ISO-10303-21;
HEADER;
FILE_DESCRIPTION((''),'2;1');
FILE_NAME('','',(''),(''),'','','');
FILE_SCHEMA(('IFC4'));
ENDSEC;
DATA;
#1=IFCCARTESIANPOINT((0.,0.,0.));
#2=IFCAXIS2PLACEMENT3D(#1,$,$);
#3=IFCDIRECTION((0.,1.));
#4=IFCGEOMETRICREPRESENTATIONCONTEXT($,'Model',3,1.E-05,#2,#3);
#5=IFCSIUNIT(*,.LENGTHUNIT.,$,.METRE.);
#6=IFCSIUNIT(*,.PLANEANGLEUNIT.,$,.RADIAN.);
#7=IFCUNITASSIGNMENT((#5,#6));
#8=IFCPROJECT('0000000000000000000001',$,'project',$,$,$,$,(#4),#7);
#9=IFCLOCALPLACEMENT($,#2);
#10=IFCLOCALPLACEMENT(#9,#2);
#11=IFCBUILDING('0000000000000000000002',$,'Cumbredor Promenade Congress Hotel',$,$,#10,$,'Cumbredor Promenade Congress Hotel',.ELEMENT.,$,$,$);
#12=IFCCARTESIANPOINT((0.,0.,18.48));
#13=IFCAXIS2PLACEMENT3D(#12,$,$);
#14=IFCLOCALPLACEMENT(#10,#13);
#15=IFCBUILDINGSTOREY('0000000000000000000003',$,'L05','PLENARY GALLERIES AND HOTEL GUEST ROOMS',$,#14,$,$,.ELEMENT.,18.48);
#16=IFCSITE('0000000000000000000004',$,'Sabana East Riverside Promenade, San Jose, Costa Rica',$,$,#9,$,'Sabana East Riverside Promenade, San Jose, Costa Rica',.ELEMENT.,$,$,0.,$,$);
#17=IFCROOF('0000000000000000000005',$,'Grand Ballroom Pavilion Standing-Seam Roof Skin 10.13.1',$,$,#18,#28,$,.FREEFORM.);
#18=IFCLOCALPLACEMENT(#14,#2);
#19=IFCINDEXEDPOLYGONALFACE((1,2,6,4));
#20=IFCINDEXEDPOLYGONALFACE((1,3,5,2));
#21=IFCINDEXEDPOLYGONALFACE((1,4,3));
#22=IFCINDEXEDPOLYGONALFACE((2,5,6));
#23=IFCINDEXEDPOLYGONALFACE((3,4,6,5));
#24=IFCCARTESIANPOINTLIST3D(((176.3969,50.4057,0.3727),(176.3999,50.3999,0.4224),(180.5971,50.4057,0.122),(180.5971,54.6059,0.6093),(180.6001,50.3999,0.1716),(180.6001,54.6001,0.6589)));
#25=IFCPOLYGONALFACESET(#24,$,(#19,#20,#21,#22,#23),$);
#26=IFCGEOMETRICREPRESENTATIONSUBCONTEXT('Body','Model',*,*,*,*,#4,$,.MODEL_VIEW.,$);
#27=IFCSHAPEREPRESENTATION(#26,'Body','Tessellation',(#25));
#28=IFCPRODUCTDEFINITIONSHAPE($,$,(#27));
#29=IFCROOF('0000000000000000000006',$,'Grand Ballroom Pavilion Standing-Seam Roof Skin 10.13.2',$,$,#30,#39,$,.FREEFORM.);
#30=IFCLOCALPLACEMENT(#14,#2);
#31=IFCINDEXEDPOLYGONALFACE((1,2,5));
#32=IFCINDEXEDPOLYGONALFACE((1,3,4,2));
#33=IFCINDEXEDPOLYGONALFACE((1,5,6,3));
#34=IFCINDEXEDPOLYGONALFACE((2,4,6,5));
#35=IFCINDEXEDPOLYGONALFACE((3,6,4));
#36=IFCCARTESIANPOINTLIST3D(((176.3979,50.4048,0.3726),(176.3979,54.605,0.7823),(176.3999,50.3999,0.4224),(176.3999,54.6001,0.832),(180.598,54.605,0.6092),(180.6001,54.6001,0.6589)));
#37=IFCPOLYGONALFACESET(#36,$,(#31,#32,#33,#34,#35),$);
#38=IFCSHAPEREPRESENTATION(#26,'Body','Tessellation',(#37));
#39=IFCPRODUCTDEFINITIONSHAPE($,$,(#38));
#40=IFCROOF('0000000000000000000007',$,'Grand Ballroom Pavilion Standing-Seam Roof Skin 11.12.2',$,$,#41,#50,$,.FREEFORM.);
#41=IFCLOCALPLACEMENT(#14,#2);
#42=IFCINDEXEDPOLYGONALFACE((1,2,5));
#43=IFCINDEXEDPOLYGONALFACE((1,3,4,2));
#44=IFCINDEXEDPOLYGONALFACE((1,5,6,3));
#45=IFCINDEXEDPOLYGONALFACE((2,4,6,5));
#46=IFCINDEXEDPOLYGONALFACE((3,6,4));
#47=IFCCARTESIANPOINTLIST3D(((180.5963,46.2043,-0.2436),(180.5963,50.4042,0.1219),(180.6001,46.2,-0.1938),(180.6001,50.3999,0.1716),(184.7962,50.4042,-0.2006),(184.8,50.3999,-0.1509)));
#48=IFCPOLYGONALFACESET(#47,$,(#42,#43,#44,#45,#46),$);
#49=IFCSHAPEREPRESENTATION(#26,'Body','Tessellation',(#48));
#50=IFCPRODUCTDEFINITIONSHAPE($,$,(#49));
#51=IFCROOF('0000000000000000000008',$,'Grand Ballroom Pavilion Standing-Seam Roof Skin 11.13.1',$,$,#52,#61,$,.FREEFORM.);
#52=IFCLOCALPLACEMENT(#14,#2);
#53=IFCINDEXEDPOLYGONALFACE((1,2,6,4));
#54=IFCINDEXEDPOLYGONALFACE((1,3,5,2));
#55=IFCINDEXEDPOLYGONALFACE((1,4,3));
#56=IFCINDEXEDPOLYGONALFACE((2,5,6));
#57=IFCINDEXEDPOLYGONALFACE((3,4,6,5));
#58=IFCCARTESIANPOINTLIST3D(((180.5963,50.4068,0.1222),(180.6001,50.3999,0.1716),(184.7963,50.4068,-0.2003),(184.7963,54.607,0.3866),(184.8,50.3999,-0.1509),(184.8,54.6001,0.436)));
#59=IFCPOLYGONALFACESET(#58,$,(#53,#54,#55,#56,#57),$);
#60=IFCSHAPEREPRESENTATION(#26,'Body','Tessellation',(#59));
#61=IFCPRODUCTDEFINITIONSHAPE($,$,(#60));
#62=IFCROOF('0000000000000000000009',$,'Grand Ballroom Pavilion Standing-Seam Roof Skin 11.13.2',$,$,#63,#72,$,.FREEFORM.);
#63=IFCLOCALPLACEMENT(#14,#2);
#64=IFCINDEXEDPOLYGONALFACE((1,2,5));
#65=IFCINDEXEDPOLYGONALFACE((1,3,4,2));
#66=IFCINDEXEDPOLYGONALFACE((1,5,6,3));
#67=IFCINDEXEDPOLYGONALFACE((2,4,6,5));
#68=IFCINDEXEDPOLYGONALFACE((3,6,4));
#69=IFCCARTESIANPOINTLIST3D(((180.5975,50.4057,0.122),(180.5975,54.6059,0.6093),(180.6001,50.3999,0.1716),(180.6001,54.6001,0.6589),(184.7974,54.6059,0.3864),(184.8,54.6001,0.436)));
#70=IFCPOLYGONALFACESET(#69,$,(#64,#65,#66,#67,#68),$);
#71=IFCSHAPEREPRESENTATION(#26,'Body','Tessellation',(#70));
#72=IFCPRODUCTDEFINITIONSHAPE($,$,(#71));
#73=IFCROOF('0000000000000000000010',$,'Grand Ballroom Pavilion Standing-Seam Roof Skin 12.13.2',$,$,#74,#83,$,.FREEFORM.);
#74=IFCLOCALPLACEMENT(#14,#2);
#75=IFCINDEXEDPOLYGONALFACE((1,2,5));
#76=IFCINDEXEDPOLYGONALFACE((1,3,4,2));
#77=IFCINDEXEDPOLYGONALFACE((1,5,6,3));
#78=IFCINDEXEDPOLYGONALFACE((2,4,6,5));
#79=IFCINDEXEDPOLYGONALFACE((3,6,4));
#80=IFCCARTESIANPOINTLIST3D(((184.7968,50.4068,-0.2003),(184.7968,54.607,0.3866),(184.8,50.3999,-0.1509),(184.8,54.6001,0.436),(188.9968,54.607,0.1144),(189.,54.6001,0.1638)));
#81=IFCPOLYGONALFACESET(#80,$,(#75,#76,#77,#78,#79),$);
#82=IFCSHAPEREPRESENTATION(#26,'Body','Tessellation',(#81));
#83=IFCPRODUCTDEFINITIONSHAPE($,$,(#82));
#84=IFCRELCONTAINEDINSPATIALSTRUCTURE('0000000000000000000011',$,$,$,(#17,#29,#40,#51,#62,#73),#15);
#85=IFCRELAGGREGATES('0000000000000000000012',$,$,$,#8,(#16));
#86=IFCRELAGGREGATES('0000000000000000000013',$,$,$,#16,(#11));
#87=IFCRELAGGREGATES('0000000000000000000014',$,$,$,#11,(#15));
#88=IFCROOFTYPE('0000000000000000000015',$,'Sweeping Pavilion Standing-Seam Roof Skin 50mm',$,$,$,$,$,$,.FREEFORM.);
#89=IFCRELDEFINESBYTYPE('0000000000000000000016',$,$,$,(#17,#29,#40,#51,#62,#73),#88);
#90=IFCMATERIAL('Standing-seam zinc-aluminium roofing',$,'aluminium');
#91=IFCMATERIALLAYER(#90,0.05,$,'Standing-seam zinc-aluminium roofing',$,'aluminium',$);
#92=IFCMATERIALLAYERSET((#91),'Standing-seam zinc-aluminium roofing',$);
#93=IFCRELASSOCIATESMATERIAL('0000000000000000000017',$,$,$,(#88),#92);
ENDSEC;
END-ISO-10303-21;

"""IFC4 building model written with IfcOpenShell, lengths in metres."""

from ifc_helpers import new_model, si_unit, direction, frame, origin, place, context, subcontext, project, spatial, polyline, outline, extrude, material, layer, layer_set, type_object, element, save


model = new_model("IFC4")

# Units and contexts
model_context = context("Model", 3, precision=1e-05, world=origin(), true_north=direction((0.0, 1.0)))
body_context = subcontext(model_context, "Body", "Model", "MODEL_VIEW")
ifc_project = project(units=[si_unit("LENGTHUNIT", "METRE"), si_unit("PLANEANGLEUNIT", "RADIAN")], contexts=[model_context])

# Site, building, storey
site_placement = place(None, origin())
site = spatial("IfcSite", under=ifc_project, at=site_placement, Name="Sabana East Riverside Promenade, San Jose, Costa Rica", LongName="Sabana East Riverside Promenade, San Jose, Costa Rica", CompositionType="ELEMENT", RefElevation=0.0)
building_placement = place(site_placement, origin())
building = spatial("IfcBuilding", under=site, at=building_placement, Name="Cumbredor Promenade Congress Hotel", LongName="Cumbredor Promenade Congress Hotel", CompositionType="ELEMENT")
storey_placement = place(building_placement, frame((0.0, 0.0, 18.48)))
storey = spatial("IfcBuildingStorey", under=building, at=storey_placement, Name="L05", Description="PLENARY GALLERIES AND HOTEL GUEST ROOMS", CompositionType="ELEMENT", Elevation=18.48)

# Roofs
ifc_material_1 = material(Name="Standing-seam zinc-aluminium roofing", Category="aluminium")
ifc_layer_1 = layer(ifc_material_1, 0.05, Name="Standing-seam zinc-aluminium roofing", Category="aluminium")
ifc_layer_set_1 = layer_set([ifc_layer_1], Name="Standing-seam zinc-aluminium roofing")
roof_type = type_object("IfcRoofType", Name="Sweeping Pavilion Standing-Seam Roof Skin 50mm", PredefinedType="FREEFORM", material=ifc_layer_set_1)
roof_1_placement = place(storey_placement, frame((176.3999, 50.3999, 0.4224), z_axis=(0.059194, -0.115044, 0.991595), x_axis=(0.998223, 0.0, -0.059589)))
element("IfcRoof", 1, at=roof_1_placement, inside=storey, type_object=roof_type, Name="Grand Ballroom Pavilion Standing-Seam Roof Skin 10.13.1", PredefinedType="FREEFORM", context=body_context, shape_type="SweptSolid", body=[
    extrude(outline(polyline([(0.0, 0.0), (4.2077, 0.0), (4.1786, 4.2283), (0.0, 0.0)])), origin(), (0.0, 0.0, -1.0), 0.05),
])
roof_2_placement = place(storey_placement, frame((176.3999, 50.3999, 0.4224), z_axis=(0.040982, -0.096993, 0.994441), x_axis=(0.706547, 0.706547, 0.039796)))
element("IfcRoof", 2, at=roof_2_placement, inside=storey, type_object=roof_type, Name="Grand Ballroom Pavilion Standing-Seam Roof Skin 10.13.2", PredefinedType="FREEFORM", context=body_context, shape_type="SweptSolid", body=[
    extrude(outline(polyline([(0.0, 0.0), (5.9447, 0.0), (2.9839, 2.9842), (0.0, 0.0)])), origin(), (0.0, 0.0, -1.0), 0.05),
])
roof_3_placement = place(storey_placement, frame((180.6001, 46.2, -0.1938), z_axis=(0.076277, -0.08644, 0.993333), x_axis=(0.707088, 0.707088, 0.007234)))
element("IfcRoof", 3, at=roof_3_placement, inside=storey, type_object=roof_type, Name="Grand Ballroom Pavilion Standing-Seam Roof Skin 11.12.2", PredefinedType="FREEFORM", context=body_context, shape_type="SweptSolid", body=[
    extrude(outline(polyline([(0.0, 0.0), (5.9398, 0.0), (2.9724, 2.9897), (0.0, 0.0)])), origin(), (0.0, 0.0, -1.0), 0.05),
])
roof_4_placement = place(storey_placement, frame((180.6001, 50.3999, 0.1716), z_axis=(0.075831, -0.137992, 0.987526), x_axis=(0.997065, 0.0, -0.076564)))
element("IfcRoof", 4, at=roof_4_placement, inside=storey, type_object=roof_type, Name="Grand Ballroom Pavilion Standing-Seam Roof Skin 11.13.1", PredefinedType="FREEFORM", context=body_context, shape_type="SweptSolid", body=[
    extrude(outline(polyline([(0.0, 0.0), (4.2123, 0.0), (4.1674, 4.2408), (0.0, 0.0)])), origin(), (0.0, 0.0, -1.0), 0.05),
])
roof_5_placement = place(storey_placement, frame((180.6001, 50.3999, 0.1716), z_axis=(0.052645, -0.115087, 0.991959), x_axis=(0.706387, 0.706428, 0.04447)))
element("IfcRoof", 5, at=roof_5_placement, inside=storey, type_object=roof_type, Name="Grand Ballroom Pavilion Standing-Seam Roof Skin 11.13.2", PredefinedType="FREEFORM", context=body_context, shape_type="SweptSolid", body=[
    extrude(outline(polyline([(0.0, 0.0), (5.9457, 0.0), (2.9888, 2.991), (0.0, 0.0)])), origin(), (0.0, 0.0, -1.0), 0.05),
])
roof_6_placement = place(storey_placement, frame((184.8, 50.3999, -0.1509), z_axis=(0.064059, -0.138106, 0.988344), x_axis=(0.706096, 0.706137, 0.052907)))
element("IfcRoof", 6, at=roof_6_placement, inside=storey, type_object=roof_type, Name="Grand Ballroom Pavilion Standing-Seam Roof Skin 12.13.2", PredefinedType="FREEFORM", context=body_context, shape_type="SweptSolid", body=[
    extrude(outline(polyline([(0.0, 0.0), (5.9481, 0.0), (2.997, 3.0007), (0.0, 0.0)])), origin(), (0.0, 0.0, -1.0), 0.05),
])

save(model, "model.ifc")
